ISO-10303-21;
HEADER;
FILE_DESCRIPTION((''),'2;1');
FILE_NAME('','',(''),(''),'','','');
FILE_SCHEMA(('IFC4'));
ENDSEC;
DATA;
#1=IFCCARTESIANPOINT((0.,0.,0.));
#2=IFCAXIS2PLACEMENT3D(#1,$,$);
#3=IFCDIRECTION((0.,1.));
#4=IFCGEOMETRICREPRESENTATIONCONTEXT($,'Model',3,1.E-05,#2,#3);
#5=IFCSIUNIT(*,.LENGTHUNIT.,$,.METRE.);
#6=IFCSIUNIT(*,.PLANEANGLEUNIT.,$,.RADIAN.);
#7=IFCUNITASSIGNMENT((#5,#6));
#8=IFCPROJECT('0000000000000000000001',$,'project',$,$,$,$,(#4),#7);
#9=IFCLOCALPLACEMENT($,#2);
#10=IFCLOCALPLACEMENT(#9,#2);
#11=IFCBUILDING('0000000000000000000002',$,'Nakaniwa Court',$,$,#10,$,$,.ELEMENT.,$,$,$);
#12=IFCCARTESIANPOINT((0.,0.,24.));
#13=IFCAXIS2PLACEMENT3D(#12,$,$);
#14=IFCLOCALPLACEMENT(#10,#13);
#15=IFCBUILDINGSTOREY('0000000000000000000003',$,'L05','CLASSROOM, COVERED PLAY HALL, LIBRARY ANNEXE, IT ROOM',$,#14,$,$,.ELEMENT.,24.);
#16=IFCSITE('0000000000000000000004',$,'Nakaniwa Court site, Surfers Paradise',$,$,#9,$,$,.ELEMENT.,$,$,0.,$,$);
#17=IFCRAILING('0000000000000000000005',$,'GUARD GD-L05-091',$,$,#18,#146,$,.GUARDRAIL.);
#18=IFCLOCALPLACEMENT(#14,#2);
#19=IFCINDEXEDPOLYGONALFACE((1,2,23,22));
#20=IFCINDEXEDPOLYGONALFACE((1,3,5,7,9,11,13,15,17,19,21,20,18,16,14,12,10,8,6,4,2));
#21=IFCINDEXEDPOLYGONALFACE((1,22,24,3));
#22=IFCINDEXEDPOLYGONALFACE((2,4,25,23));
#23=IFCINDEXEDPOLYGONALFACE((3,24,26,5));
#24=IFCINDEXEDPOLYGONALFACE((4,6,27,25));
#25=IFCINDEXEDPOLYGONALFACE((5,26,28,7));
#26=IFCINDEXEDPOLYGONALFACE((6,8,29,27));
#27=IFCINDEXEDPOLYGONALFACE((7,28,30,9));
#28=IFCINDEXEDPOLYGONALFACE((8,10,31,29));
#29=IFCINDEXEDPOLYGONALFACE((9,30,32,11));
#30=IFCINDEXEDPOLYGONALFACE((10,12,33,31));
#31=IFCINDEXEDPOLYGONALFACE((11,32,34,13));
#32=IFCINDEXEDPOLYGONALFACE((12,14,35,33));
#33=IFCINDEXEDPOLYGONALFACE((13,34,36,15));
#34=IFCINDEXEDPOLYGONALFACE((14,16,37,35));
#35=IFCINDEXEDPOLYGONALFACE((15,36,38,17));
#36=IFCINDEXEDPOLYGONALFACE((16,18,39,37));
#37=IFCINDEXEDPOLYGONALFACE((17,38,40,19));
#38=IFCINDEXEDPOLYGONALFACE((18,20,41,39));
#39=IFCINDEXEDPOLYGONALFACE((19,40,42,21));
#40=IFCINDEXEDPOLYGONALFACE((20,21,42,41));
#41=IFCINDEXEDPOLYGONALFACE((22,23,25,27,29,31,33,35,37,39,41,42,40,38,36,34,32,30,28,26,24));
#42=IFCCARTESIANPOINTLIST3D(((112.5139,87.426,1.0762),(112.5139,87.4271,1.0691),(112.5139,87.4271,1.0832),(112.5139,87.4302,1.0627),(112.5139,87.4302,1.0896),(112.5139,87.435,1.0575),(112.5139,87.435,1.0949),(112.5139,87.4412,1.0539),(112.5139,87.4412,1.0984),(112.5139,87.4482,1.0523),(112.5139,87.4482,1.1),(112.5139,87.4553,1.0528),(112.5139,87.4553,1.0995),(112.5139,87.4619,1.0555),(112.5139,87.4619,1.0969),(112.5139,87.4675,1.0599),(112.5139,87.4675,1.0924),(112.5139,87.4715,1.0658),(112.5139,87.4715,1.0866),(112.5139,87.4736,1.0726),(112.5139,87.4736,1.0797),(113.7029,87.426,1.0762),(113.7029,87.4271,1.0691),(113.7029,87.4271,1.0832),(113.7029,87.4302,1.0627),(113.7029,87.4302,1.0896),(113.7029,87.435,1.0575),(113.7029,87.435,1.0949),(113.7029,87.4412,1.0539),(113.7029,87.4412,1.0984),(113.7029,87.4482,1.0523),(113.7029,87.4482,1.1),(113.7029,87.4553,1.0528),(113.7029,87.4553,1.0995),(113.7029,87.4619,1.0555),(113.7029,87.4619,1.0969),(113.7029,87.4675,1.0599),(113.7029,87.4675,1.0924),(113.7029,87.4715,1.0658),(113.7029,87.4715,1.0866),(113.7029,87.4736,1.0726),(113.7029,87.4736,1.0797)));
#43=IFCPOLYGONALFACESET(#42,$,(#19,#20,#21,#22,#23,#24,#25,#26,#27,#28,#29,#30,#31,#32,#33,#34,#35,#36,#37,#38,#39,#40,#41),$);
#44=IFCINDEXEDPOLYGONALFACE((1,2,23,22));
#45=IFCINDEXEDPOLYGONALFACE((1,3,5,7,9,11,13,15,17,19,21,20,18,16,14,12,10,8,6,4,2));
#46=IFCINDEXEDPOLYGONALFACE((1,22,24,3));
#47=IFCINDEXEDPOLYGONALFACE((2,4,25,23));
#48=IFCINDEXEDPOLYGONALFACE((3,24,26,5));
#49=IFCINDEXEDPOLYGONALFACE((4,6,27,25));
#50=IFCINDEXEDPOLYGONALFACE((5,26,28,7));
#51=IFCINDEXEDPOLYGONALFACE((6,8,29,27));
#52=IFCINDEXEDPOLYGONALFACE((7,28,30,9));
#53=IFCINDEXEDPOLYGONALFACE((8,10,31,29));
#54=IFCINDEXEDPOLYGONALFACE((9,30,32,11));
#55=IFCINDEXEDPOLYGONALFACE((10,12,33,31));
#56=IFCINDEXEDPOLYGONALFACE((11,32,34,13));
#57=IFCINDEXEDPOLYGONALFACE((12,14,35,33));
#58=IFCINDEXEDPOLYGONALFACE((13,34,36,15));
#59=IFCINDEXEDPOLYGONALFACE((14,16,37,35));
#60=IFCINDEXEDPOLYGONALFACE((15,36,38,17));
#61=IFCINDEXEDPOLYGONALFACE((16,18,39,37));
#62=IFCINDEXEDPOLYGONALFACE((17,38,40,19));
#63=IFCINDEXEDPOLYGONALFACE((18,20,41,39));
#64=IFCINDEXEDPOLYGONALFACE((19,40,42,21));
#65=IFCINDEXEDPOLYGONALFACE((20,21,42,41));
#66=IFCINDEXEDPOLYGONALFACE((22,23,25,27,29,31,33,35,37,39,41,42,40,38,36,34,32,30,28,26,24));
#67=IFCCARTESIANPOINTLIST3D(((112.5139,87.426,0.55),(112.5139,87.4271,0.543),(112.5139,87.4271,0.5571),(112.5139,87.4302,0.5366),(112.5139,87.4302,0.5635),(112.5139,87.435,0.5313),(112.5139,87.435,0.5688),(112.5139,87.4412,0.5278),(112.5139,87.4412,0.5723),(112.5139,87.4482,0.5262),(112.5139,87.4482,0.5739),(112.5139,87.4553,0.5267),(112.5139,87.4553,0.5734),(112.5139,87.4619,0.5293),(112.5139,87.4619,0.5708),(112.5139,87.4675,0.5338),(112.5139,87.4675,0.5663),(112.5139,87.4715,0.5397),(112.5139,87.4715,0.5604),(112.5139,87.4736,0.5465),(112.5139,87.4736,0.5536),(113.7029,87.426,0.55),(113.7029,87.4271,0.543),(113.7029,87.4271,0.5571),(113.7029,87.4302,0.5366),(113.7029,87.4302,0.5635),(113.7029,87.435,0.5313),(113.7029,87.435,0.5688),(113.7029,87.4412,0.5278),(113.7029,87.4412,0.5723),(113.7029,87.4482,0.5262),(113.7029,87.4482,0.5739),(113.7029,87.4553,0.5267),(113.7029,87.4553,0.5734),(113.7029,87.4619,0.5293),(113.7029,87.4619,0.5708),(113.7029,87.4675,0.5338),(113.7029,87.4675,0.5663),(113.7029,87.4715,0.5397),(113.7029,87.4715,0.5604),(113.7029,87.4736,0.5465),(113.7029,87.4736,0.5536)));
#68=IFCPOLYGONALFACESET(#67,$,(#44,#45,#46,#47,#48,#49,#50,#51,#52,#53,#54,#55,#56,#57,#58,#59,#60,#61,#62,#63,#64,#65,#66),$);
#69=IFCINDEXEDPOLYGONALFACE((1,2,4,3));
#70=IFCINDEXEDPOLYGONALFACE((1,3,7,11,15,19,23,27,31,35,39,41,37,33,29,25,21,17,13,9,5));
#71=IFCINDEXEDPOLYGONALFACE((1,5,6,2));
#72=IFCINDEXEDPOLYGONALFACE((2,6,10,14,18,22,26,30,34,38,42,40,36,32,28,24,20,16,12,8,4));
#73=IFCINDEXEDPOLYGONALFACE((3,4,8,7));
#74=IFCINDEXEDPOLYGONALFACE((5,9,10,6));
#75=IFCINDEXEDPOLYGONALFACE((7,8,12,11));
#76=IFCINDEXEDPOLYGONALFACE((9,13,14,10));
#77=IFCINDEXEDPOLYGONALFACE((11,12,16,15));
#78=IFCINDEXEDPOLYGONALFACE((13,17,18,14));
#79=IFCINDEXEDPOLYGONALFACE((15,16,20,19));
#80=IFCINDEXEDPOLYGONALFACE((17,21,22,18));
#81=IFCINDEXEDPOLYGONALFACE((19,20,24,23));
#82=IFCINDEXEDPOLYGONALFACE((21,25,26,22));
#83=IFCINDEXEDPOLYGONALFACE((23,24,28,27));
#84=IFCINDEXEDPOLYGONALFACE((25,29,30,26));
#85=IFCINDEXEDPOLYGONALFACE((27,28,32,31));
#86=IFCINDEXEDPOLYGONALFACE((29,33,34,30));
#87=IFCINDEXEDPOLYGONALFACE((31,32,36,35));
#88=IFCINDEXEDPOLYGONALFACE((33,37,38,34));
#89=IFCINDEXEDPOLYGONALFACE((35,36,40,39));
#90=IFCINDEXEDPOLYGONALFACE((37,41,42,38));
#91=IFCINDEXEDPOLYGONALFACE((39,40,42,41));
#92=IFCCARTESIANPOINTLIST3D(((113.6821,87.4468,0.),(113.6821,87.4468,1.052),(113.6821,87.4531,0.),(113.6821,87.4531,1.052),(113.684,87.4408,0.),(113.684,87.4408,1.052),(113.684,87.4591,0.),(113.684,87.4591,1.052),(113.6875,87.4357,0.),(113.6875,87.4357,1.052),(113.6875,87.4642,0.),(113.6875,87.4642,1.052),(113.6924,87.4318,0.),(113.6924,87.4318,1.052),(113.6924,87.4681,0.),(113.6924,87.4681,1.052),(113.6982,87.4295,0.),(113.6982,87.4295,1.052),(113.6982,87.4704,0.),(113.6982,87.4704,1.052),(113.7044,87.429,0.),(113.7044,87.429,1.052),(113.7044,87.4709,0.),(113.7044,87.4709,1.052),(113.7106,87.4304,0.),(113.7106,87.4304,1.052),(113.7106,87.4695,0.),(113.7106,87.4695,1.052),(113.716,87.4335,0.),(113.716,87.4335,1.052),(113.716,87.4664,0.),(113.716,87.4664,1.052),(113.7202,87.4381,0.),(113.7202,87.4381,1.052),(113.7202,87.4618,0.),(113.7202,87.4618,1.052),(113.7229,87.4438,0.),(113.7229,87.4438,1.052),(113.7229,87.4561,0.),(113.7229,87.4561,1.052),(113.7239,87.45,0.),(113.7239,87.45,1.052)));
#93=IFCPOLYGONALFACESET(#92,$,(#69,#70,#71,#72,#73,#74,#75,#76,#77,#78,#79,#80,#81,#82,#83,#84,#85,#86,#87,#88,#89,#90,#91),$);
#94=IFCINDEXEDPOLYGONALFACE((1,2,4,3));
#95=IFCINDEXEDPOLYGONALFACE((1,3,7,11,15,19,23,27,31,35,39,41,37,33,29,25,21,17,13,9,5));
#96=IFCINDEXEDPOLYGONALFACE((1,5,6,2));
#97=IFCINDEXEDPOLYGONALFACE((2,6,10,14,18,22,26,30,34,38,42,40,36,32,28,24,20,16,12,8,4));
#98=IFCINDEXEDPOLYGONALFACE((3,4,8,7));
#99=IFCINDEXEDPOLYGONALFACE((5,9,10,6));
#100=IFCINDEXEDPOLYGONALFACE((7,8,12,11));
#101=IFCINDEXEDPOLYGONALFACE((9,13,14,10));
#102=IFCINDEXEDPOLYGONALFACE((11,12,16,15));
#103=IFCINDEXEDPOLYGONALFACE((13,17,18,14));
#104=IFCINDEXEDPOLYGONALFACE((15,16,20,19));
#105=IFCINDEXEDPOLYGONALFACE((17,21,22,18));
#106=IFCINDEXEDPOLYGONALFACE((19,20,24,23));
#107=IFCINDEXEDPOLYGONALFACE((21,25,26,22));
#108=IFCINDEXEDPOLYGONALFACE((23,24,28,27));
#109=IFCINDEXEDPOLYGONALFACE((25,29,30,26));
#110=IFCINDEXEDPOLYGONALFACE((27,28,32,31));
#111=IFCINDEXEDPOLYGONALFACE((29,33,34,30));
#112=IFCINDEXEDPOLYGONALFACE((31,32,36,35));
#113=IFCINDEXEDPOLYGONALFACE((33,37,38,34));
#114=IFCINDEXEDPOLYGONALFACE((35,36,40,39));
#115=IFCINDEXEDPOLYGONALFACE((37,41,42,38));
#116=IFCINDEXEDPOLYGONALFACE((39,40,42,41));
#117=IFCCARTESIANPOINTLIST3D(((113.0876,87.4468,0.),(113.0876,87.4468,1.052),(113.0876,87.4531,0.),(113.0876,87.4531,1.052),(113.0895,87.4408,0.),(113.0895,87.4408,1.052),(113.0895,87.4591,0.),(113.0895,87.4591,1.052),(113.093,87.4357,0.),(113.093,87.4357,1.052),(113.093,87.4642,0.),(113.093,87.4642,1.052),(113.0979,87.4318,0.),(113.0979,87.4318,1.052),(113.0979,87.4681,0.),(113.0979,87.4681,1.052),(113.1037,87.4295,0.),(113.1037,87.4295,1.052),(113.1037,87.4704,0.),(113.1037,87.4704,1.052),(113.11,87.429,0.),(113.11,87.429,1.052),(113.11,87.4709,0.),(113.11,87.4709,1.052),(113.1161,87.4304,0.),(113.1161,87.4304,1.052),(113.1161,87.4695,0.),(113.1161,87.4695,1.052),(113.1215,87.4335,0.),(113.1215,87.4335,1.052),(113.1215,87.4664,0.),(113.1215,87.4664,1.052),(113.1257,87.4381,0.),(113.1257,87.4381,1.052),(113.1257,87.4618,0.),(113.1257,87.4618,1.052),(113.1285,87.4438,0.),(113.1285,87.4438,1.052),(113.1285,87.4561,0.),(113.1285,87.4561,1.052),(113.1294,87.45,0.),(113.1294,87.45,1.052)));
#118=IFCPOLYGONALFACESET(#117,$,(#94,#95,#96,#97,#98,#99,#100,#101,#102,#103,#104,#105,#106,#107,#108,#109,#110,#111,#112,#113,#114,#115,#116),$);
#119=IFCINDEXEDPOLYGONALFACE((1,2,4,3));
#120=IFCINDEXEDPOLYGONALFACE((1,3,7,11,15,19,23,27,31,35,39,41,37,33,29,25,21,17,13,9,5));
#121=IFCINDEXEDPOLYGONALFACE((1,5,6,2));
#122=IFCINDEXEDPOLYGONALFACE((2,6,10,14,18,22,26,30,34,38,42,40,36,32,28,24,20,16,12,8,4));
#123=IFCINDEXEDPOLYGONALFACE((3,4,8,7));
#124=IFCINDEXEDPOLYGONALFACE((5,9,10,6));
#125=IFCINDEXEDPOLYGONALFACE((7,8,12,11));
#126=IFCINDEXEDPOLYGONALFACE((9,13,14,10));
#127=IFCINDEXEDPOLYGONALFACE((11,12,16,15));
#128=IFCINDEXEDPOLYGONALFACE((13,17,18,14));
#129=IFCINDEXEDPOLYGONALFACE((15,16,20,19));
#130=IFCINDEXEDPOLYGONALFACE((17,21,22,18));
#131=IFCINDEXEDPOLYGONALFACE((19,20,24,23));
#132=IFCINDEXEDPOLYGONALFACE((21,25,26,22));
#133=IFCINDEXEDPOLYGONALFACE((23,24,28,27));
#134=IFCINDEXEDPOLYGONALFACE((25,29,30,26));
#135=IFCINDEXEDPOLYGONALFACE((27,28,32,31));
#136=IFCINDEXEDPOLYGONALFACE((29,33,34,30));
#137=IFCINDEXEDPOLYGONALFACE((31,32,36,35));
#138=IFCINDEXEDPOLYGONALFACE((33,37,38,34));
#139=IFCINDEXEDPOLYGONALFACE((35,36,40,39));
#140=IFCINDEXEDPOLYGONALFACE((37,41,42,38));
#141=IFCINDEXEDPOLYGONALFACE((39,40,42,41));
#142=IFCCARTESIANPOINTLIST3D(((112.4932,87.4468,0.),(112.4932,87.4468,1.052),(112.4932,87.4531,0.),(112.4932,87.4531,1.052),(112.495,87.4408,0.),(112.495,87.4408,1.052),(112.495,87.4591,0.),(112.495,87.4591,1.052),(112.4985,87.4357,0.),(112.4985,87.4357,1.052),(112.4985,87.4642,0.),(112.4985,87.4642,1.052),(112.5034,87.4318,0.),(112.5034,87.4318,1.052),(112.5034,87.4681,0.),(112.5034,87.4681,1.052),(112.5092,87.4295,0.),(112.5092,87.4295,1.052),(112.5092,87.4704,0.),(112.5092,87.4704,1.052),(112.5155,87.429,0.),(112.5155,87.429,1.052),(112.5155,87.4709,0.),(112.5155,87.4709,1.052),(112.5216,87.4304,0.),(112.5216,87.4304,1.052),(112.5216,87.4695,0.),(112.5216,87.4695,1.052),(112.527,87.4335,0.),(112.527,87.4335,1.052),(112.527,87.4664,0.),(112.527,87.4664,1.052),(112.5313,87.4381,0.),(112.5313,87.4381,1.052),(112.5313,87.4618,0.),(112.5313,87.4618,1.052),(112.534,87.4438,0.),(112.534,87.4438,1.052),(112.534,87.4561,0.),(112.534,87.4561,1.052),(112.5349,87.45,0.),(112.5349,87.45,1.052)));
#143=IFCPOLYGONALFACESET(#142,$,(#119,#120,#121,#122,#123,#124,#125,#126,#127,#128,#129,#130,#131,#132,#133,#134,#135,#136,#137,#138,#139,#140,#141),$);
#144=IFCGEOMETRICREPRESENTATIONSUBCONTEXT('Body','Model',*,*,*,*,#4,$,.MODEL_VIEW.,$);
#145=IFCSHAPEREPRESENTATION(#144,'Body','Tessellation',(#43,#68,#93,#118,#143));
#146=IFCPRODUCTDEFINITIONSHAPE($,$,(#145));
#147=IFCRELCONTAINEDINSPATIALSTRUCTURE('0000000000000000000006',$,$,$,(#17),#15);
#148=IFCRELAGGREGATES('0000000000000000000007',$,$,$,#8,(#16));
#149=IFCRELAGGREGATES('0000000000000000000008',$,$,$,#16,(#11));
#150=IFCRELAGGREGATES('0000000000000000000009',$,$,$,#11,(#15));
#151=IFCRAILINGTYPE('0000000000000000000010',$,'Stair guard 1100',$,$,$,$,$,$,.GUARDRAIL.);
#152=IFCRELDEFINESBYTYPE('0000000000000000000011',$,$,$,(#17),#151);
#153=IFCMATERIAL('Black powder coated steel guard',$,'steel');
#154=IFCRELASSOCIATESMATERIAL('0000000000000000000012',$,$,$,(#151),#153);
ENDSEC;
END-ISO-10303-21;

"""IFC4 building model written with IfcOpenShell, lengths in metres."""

from ifc_helpers import new_model, si_unit, direction, frame, origin, origin_2d, place, context, subcontext, project, spatial, circle, extrude, material, type_object, element, save


model = new_model("IFC4")

# Units and contexts
model_context = context("Model", 3, precision=1e-05, world=origin(), true_north=direction((0.0, 1.0)))
body_context = subcontext(model_context, "Body", "Model", "MODEL_VIEW")
ifc_project = project(units=[si_unit("LENGTHUNIT", "METRE"), si_unit("PLANEANGLEUNIT", "RADIAN")], contexts=[model_context])

# Site, building, storey
site_placement = place(None, origin())
site = spatial("IfcSite", under=ifc_project, at=site_placement, Name="Nakaniwa Court site, Surfers Paradise", CompositionType="ELEMENT", RefElevation=0.0)
building_placement = place(site_placement, origin())
building = spatial("IfcBuilding", under=site, at=building_placement, Name="Nakaniwa Court", CompositionType="ELEMENT")
storey_placement = place(building_placement, frame((0.0, 0.0, 24.0)))
storey = spatial("IfcBuildingStorey", under=building, at=storey_placement, Name="L05", Description="CLASSROOM, COVERED PLAY HALL, LIBRARY ANNEXE, IT ROOM", CompositionType="ELEMENT", Elevation=24.0)

# Railing
ifc_material_1 = material(Name="Black powder coated steel guard", Category="steel")
railing_type = type_object("IfcRailingType", Name="Stair guard 1100", PredefinedType="GUARDRAIL", material=ifc_material_1)
railing_1_placement = place(storey_placement, frame((113.7029, 87.45, 0.0)))
element("IfcRailing", 1, at=railing_1_placement, inside=storey, type_object=railing_type, Name="GUARD GD-L05-091", PredefinedType="GUARDRAIL", context=body_context, shape_type="SweptSolid", body=[
    extrude(circle(Radius=0.0239, at=origin_2d()), frame((0.0, 0.0, 1.0762), z_axis=(-1.0, 0.0, 0.0), x_axis=(0.0, -1.0, 0.0)), (0.0, 0.0, 1.0), 1.189),
    extrude(circle(Radius=0.0239, at=origin_2d()), frame((0.0, 0.0, 0.55), z_axis=(-1.0, 0.0, 0.0), x_axis=(0.0, -1.0, 0.0)), (0.0, 0.0, 1.0), 1.189),
    extrude(circle(Radius=0.021, at=origin_2d()), origin(), (0.0, 0.0, 1.0), 1.052),
    extrude(circle(Radius=0.021, at=origin_2d()), frame((-0.5945, 0.0, 0.0)), (0.0, 0.0, 1.0), 1.052),
    extrude(circle(Radius=0.021, at=origin_2d()), frame((-1.189, 0.0, 0.0)), (0.0, 0.0, 1.0), 1.052),
])

save(model, "model.ifc")
